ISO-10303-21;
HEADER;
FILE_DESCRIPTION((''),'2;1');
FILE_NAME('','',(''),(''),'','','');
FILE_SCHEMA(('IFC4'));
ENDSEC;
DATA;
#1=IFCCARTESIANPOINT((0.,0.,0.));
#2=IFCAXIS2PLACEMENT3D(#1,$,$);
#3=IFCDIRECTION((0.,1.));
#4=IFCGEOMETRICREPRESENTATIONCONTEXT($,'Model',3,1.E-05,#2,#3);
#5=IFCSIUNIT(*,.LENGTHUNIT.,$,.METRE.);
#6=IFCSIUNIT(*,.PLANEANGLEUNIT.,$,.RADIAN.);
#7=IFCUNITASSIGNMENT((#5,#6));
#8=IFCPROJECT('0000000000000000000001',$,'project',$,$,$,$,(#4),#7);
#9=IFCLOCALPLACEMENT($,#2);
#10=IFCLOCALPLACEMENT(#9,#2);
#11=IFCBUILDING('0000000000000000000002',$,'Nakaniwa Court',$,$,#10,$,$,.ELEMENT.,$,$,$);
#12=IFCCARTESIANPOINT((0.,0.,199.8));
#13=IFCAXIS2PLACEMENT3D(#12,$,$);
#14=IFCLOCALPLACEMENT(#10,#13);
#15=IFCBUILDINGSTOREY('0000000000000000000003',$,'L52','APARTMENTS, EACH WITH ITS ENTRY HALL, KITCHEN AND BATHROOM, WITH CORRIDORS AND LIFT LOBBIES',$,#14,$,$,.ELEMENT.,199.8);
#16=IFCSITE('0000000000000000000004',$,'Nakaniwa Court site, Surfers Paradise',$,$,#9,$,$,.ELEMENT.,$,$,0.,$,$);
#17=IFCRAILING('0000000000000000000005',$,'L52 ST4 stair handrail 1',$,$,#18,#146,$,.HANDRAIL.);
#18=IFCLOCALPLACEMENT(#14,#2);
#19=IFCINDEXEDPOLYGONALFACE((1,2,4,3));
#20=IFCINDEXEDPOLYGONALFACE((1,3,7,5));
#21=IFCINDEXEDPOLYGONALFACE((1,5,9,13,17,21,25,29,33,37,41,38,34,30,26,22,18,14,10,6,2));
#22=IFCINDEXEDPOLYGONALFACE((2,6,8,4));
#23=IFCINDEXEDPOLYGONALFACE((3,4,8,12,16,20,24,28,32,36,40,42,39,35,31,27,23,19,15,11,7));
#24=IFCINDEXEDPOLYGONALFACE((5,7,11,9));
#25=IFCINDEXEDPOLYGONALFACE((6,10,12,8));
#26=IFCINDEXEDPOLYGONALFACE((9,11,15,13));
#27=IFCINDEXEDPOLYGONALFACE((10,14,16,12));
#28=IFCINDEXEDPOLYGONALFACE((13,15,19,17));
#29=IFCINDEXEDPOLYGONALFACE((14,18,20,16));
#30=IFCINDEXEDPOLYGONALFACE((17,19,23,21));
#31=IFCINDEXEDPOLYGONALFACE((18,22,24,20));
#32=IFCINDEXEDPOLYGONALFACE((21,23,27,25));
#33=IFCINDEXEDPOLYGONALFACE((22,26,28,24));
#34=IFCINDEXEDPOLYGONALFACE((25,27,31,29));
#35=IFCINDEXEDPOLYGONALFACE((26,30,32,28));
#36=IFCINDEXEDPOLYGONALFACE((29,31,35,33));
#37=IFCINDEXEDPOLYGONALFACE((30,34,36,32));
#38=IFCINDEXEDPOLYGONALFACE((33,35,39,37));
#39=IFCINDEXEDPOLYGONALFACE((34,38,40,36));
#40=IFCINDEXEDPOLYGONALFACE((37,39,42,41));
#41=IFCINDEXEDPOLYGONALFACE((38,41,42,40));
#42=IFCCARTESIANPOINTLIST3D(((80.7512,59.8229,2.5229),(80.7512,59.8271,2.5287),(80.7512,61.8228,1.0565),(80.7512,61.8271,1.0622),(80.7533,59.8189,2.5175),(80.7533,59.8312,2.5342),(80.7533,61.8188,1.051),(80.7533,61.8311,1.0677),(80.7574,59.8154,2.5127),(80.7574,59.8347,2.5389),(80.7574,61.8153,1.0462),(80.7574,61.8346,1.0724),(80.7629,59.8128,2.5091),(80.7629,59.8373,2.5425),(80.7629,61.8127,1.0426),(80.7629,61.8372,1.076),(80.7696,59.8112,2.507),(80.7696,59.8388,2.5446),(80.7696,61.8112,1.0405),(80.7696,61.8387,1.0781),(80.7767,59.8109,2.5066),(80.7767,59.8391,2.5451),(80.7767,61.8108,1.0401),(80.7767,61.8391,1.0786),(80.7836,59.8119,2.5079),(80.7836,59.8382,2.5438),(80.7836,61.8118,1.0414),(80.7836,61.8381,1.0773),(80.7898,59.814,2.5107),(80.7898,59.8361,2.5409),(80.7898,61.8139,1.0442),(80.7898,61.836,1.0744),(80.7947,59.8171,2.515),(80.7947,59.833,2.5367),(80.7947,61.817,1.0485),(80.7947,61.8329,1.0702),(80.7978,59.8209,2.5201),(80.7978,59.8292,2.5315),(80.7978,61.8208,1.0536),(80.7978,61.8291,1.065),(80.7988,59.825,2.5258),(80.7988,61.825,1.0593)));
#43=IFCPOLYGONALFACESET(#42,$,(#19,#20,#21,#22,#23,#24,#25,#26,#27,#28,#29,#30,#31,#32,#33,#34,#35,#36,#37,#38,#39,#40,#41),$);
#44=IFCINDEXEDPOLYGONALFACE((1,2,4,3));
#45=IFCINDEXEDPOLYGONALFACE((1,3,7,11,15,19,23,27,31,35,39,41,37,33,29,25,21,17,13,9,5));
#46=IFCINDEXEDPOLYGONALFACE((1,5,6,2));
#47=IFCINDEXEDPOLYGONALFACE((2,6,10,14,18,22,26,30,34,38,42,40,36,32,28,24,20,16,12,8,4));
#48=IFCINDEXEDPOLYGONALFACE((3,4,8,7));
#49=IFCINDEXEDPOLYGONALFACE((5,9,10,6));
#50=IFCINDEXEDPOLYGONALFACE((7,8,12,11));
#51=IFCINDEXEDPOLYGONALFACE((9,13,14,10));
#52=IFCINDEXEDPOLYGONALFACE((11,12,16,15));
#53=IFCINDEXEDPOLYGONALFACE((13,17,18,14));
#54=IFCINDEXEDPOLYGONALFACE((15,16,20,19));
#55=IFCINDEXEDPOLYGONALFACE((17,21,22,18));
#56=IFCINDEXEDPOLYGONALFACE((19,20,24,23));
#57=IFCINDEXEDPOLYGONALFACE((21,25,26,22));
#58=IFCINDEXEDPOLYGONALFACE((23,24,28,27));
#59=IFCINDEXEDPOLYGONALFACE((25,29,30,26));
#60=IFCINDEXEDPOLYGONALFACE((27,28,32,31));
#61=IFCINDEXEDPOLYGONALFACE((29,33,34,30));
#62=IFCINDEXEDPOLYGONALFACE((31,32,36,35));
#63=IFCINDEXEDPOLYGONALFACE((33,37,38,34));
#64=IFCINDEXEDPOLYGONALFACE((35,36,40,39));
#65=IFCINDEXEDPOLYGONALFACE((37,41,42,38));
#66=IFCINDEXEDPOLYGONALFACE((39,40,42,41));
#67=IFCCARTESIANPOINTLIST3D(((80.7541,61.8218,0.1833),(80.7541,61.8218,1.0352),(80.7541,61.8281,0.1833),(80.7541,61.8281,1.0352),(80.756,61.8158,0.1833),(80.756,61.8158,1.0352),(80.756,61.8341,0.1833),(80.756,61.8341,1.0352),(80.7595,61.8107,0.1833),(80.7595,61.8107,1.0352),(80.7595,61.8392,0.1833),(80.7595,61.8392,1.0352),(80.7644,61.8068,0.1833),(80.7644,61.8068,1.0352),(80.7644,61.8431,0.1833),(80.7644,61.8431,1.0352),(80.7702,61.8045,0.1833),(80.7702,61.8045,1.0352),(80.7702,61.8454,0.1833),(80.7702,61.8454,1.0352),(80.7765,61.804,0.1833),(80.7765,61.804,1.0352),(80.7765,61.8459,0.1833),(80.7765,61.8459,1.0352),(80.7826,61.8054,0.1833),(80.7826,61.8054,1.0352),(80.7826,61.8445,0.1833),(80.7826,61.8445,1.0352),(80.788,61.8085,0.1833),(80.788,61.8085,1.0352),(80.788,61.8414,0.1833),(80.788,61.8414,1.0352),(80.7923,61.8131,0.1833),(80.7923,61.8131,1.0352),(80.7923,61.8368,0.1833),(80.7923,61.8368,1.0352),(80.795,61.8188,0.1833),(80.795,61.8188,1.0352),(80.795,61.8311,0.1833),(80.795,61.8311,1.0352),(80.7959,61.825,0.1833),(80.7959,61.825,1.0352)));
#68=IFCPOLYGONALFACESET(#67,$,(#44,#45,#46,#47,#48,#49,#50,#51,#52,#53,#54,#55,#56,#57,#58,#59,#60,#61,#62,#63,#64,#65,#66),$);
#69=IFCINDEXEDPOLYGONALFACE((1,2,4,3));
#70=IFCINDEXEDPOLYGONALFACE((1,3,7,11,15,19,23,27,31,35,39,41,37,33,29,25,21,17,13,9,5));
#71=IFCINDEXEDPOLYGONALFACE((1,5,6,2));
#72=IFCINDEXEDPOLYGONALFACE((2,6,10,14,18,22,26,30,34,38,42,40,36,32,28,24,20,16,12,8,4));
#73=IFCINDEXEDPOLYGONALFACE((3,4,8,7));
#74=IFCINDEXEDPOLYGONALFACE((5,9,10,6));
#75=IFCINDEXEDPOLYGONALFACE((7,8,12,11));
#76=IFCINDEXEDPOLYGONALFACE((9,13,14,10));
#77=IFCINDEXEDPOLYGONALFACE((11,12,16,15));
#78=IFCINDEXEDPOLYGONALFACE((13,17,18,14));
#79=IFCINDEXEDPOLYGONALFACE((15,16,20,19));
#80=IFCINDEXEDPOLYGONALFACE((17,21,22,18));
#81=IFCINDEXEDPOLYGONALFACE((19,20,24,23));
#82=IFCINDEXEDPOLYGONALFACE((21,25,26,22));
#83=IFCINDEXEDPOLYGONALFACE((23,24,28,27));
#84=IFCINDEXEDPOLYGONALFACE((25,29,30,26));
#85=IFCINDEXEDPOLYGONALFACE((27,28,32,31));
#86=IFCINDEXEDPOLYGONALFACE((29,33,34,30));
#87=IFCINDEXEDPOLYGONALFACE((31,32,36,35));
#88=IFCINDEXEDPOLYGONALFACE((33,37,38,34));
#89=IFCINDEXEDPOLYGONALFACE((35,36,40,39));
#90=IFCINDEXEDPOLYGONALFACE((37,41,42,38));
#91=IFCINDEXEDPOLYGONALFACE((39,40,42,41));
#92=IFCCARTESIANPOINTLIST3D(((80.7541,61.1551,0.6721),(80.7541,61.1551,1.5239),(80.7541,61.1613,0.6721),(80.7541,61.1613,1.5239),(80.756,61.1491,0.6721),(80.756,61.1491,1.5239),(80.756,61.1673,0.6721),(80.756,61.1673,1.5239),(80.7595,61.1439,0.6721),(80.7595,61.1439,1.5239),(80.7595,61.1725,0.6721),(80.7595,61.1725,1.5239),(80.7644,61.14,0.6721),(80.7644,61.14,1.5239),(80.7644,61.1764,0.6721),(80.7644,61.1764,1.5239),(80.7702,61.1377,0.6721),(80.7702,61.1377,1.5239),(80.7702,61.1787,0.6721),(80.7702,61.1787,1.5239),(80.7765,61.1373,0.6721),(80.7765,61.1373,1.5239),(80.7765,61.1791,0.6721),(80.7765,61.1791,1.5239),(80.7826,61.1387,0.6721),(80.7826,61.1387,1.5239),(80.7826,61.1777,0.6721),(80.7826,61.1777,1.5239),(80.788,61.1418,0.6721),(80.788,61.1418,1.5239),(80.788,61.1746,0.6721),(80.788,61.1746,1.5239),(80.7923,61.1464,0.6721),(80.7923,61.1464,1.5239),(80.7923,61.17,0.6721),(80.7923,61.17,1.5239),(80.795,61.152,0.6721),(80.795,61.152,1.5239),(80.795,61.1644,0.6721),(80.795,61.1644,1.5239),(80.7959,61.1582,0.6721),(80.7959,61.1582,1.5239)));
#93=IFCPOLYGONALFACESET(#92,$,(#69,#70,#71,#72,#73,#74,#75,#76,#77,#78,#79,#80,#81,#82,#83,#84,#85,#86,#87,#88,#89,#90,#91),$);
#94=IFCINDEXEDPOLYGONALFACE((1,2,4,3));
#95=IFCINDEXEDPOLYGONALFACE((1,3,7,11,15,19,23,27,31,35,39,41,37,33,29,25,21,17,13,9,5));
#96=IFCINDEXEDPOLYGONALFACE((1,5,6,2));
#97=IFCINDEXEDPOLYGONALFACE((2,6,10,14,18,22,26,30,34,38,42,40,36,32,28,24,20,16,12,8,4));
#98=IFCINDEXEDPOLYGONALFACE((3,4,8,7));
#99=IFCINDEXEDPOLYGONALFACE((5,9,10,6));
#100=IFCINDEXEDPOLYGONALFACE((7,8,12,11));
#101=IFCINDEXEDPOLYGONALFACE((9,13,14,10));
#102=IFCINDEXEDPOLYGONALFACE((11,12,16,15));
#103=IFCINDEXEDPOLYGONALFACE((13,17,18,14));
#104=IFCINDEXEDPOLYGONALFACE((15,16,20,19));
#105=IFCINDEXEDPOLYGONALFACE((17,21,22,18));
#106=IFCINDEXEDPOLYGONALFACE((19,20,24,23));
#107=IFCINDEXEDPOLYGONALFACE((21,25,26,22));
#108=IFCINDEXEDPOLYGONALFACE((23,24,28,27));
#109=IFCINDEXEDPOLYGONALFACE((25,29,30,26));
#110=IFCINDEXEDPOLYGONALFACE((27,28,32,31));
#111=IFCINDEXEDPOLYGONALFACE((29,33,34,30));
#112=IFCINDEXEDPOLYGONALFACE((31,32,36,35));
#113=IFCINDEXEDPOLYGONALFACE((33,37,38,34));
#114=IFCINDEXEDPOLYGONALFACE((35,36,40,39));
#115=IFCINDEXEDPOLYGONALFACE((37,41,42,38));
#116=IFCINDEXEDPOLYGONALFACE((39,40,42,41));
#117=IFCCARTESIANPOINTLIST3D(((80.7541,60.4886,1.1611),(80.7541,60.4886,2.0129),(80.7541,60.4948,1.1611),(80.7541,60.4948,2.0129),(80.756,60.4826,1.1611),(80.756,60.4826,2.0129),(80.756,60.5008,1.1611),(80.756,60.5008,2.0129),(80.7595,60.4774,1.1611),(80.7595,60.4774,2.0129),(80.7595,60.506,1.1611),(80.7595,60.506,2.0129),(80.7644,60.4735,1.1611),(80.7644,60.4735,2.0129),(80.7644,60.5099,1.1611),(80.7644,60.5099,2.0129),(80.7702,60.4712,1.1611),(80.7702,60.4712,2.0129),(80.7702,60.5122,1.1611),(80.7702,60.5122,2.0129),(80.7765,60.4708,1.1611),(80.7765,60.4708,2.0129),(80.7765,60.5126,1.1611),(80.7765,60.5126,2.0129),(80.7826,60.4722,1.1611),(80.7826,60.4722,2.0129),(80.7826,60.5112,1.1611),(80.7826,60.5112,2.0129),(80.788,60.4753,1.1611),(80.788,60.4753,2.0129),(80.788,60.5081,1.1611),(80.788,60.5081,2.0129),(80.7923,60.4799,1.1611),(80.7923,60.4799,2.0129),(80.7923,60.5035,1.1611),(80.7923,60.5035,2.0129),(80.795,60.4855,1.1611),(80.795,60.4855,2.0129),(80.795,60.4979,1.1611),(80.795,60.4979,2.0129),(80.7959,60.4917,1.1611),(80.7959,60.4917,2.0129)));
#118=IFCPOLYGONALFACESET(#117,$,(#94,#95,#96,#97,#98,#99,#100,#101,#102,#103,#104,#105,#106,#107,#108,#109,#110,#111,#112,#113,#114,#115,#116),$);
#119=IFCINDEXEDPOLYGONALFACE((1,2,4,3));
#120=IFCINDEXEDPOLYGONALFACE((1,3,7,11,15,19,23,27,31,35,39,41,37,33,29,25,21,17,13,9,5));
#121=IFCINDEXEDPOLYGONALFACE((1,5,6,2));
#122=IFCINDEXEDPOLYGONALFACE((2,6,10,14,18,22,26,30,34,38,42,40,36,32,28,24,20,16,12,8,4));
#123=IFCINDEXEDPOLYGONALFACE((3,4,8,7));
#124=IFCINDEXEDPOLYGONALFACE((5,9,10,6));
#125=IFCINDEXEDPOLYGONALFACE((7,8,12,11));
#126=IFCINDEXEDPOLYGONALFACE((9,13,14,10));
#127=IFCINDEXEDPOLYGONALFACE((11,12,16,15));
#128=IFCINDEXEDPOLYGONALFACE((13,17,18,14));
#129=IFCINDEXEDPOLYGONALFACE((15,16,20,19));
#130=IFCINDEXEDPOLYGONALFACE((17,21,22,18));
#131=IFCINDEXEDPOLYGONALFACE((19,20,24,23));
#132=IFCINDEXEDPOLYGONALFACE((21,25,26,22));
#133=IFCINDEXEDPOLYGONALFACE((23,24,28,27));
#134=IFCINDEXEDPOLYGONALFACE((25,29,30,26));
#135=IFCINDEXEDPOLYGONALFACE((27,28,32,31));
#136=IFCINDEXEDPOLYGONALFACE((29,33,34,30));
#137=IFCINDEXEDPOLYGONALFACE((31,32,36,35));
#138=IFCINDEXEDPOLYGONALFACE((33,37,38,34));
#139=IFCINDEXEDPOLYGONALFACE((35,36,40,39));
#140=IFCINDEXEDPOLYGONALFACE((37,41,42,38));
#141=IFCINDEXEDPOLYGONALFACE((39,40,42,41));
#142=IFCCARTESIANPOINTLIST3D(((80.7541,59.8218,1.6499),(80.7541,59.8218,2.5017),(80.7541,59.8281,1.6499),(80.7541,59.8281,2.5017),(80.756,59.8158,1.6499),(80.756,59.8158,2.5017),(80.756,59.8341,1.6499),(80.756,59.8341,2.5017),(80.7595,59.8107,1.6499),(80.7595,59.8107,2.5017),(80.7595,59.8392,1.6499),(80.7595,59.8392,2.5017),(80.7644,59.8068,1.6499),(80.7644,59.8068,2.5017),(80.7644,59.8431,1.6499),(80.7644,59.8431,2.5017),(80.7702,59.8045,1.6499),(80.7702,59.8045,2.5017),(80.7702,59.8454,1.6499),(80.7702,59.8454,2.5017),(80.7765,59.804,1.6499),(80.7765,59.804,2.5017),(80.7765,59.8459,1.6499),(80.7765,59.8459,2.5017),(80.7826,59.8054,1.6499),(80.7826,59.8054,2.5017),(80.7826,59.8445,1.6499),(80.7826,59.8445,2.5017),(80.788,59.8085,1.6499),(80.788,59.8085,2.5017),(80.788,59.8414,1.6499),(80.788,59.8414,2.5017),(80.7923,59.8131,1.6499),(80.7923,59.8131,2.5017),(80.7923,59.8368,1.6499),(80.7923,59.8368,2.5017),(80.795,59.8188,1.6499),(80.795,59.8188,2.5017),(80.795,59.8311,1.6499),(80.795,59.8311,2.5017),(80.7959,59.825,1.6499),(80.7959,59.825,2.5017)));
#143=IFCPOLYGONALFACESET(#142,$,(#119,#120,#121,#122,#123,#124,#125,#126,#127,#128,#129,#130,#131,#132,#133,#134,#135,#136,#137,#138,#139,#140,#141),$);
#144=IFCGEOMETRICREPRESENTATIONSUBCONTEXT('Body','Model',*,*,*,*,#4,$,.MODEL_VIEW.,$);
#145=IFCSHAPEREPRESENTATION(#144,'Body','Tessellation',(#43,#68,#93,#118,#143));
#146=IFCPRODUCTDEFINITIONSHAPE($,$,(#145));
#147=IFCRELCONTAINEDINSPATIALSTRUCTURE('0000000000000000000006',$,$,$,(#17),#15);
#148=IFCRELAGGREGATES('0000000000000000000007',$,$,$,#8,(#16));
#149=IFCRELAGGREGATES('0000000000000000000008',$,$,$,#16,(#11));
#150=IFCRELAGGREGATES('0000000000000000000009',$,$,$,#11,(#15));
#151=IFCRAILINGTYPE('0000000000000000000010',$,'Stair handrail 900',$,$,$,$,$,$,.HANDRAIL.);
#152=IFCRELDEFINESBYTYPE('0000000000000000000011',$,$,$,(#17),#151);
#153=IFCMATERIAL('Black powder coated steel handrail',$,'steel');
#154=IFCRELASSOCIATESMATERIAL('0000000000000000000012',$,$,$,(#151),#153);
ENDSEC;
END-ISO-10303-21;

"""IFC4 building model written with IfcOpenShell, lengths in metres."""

from ifc_helpers import new_model, si_unit, direction, frame, origin, origin_2d, place, context, subcontext, project, spatial, circle, extrude, material, type_object, element, save


model = new_model("IFC4")

# Units and contexts
model_context = context("Model", 3, precision=1e-05, world=origin(), true_north=direction((0.0, 1.0)))
body_context = subcontext(model_context, "Body", "Model", "MODEL_VIEW")
ifc_project = project(units=[si_unit("LENGTHUNIT", "METRE"), si_unit("PLANEANGLEUNIT", "RADIAN")], contexts=[model_context])

# Site, building, storey
site_placement = place(None, origin())
site = spatial("IfcSite", under=ifc_project, at=site_placement, Name="Nakaniwa Court site, Surfers Paradise", CompositionType="ELEMENT", RefElevation=0.0)
building_placement = place(site_placement, origin())
building = spatial("IfcBuilding", under=site, at=building_placement, Name="Nakaniwa Court", CompositionType="ELEMENT")
storey_placement = place(building_placement, frame((0.0, 0.0, 199.8)))
storey = spatial("IfcBuildingStorey", under=building, at=storey_placement, Name="L52", Description="APARTMENTS, EACH WITH ITS ENTRY HALL, KITCHEN AND BATHROOM, WITH CORRIDORS AND LIFT LOBBIES", CompositionType="ELEMENT", Elevation=199.8)

# Railing
ifc_material_1 = material(Name="Black powder coated steel handrail", Category="steel")
railing_type_1 = type_object("IfcRailingType", Name="Stair handrail 900", PredefinedType="HANDRAIL", material=ifc_material_1)
railing_1_placement = place(storey_placement, frame((80.7749, 61.825, 0.1833)))
element("IfcRailing", 1, at=railing_1_placement, inside=storey, type_object=railing_type_1, Name="L52 ST4 stair handrail 1", PredefinedType="HANDRAIL", context=body_context, shape_type="SweptSolid", body=[
    extrude(circle(Radius=0.0239, at=origin_2d()), frame((0.0, 0.0, 0.876), z_axis=(0.0, -0.806427, 0.591334), x_axis=(1.0, 0.0, 0.0)), (0.0, 0.0, 1.0), 2.48),
    extrude(circle(Radius=0.021, at=origin_2d()), origin(), (0.0, 0.0, 1.0), 0.8518),
    extrude(circle(Radius=0.021, at=origin_2d()), frame((0.0, -0.6667, 0.4888)), (0.0, 0.0, 1.0), 0.8518),
    extrude(circle(Radius=0.021, at=origin_2d()), frame((0.0, -1.3333, 0.9778)), (0.0, 0.0, 1.0), 0.8518),
    extrude(circle(Radius=0.021, at=origin_2d()), frame((0.0, -2.0, 1.4666)), (0.0, 0.0, 1.0), 0.8518),
])

save(model, "model.ifc")
